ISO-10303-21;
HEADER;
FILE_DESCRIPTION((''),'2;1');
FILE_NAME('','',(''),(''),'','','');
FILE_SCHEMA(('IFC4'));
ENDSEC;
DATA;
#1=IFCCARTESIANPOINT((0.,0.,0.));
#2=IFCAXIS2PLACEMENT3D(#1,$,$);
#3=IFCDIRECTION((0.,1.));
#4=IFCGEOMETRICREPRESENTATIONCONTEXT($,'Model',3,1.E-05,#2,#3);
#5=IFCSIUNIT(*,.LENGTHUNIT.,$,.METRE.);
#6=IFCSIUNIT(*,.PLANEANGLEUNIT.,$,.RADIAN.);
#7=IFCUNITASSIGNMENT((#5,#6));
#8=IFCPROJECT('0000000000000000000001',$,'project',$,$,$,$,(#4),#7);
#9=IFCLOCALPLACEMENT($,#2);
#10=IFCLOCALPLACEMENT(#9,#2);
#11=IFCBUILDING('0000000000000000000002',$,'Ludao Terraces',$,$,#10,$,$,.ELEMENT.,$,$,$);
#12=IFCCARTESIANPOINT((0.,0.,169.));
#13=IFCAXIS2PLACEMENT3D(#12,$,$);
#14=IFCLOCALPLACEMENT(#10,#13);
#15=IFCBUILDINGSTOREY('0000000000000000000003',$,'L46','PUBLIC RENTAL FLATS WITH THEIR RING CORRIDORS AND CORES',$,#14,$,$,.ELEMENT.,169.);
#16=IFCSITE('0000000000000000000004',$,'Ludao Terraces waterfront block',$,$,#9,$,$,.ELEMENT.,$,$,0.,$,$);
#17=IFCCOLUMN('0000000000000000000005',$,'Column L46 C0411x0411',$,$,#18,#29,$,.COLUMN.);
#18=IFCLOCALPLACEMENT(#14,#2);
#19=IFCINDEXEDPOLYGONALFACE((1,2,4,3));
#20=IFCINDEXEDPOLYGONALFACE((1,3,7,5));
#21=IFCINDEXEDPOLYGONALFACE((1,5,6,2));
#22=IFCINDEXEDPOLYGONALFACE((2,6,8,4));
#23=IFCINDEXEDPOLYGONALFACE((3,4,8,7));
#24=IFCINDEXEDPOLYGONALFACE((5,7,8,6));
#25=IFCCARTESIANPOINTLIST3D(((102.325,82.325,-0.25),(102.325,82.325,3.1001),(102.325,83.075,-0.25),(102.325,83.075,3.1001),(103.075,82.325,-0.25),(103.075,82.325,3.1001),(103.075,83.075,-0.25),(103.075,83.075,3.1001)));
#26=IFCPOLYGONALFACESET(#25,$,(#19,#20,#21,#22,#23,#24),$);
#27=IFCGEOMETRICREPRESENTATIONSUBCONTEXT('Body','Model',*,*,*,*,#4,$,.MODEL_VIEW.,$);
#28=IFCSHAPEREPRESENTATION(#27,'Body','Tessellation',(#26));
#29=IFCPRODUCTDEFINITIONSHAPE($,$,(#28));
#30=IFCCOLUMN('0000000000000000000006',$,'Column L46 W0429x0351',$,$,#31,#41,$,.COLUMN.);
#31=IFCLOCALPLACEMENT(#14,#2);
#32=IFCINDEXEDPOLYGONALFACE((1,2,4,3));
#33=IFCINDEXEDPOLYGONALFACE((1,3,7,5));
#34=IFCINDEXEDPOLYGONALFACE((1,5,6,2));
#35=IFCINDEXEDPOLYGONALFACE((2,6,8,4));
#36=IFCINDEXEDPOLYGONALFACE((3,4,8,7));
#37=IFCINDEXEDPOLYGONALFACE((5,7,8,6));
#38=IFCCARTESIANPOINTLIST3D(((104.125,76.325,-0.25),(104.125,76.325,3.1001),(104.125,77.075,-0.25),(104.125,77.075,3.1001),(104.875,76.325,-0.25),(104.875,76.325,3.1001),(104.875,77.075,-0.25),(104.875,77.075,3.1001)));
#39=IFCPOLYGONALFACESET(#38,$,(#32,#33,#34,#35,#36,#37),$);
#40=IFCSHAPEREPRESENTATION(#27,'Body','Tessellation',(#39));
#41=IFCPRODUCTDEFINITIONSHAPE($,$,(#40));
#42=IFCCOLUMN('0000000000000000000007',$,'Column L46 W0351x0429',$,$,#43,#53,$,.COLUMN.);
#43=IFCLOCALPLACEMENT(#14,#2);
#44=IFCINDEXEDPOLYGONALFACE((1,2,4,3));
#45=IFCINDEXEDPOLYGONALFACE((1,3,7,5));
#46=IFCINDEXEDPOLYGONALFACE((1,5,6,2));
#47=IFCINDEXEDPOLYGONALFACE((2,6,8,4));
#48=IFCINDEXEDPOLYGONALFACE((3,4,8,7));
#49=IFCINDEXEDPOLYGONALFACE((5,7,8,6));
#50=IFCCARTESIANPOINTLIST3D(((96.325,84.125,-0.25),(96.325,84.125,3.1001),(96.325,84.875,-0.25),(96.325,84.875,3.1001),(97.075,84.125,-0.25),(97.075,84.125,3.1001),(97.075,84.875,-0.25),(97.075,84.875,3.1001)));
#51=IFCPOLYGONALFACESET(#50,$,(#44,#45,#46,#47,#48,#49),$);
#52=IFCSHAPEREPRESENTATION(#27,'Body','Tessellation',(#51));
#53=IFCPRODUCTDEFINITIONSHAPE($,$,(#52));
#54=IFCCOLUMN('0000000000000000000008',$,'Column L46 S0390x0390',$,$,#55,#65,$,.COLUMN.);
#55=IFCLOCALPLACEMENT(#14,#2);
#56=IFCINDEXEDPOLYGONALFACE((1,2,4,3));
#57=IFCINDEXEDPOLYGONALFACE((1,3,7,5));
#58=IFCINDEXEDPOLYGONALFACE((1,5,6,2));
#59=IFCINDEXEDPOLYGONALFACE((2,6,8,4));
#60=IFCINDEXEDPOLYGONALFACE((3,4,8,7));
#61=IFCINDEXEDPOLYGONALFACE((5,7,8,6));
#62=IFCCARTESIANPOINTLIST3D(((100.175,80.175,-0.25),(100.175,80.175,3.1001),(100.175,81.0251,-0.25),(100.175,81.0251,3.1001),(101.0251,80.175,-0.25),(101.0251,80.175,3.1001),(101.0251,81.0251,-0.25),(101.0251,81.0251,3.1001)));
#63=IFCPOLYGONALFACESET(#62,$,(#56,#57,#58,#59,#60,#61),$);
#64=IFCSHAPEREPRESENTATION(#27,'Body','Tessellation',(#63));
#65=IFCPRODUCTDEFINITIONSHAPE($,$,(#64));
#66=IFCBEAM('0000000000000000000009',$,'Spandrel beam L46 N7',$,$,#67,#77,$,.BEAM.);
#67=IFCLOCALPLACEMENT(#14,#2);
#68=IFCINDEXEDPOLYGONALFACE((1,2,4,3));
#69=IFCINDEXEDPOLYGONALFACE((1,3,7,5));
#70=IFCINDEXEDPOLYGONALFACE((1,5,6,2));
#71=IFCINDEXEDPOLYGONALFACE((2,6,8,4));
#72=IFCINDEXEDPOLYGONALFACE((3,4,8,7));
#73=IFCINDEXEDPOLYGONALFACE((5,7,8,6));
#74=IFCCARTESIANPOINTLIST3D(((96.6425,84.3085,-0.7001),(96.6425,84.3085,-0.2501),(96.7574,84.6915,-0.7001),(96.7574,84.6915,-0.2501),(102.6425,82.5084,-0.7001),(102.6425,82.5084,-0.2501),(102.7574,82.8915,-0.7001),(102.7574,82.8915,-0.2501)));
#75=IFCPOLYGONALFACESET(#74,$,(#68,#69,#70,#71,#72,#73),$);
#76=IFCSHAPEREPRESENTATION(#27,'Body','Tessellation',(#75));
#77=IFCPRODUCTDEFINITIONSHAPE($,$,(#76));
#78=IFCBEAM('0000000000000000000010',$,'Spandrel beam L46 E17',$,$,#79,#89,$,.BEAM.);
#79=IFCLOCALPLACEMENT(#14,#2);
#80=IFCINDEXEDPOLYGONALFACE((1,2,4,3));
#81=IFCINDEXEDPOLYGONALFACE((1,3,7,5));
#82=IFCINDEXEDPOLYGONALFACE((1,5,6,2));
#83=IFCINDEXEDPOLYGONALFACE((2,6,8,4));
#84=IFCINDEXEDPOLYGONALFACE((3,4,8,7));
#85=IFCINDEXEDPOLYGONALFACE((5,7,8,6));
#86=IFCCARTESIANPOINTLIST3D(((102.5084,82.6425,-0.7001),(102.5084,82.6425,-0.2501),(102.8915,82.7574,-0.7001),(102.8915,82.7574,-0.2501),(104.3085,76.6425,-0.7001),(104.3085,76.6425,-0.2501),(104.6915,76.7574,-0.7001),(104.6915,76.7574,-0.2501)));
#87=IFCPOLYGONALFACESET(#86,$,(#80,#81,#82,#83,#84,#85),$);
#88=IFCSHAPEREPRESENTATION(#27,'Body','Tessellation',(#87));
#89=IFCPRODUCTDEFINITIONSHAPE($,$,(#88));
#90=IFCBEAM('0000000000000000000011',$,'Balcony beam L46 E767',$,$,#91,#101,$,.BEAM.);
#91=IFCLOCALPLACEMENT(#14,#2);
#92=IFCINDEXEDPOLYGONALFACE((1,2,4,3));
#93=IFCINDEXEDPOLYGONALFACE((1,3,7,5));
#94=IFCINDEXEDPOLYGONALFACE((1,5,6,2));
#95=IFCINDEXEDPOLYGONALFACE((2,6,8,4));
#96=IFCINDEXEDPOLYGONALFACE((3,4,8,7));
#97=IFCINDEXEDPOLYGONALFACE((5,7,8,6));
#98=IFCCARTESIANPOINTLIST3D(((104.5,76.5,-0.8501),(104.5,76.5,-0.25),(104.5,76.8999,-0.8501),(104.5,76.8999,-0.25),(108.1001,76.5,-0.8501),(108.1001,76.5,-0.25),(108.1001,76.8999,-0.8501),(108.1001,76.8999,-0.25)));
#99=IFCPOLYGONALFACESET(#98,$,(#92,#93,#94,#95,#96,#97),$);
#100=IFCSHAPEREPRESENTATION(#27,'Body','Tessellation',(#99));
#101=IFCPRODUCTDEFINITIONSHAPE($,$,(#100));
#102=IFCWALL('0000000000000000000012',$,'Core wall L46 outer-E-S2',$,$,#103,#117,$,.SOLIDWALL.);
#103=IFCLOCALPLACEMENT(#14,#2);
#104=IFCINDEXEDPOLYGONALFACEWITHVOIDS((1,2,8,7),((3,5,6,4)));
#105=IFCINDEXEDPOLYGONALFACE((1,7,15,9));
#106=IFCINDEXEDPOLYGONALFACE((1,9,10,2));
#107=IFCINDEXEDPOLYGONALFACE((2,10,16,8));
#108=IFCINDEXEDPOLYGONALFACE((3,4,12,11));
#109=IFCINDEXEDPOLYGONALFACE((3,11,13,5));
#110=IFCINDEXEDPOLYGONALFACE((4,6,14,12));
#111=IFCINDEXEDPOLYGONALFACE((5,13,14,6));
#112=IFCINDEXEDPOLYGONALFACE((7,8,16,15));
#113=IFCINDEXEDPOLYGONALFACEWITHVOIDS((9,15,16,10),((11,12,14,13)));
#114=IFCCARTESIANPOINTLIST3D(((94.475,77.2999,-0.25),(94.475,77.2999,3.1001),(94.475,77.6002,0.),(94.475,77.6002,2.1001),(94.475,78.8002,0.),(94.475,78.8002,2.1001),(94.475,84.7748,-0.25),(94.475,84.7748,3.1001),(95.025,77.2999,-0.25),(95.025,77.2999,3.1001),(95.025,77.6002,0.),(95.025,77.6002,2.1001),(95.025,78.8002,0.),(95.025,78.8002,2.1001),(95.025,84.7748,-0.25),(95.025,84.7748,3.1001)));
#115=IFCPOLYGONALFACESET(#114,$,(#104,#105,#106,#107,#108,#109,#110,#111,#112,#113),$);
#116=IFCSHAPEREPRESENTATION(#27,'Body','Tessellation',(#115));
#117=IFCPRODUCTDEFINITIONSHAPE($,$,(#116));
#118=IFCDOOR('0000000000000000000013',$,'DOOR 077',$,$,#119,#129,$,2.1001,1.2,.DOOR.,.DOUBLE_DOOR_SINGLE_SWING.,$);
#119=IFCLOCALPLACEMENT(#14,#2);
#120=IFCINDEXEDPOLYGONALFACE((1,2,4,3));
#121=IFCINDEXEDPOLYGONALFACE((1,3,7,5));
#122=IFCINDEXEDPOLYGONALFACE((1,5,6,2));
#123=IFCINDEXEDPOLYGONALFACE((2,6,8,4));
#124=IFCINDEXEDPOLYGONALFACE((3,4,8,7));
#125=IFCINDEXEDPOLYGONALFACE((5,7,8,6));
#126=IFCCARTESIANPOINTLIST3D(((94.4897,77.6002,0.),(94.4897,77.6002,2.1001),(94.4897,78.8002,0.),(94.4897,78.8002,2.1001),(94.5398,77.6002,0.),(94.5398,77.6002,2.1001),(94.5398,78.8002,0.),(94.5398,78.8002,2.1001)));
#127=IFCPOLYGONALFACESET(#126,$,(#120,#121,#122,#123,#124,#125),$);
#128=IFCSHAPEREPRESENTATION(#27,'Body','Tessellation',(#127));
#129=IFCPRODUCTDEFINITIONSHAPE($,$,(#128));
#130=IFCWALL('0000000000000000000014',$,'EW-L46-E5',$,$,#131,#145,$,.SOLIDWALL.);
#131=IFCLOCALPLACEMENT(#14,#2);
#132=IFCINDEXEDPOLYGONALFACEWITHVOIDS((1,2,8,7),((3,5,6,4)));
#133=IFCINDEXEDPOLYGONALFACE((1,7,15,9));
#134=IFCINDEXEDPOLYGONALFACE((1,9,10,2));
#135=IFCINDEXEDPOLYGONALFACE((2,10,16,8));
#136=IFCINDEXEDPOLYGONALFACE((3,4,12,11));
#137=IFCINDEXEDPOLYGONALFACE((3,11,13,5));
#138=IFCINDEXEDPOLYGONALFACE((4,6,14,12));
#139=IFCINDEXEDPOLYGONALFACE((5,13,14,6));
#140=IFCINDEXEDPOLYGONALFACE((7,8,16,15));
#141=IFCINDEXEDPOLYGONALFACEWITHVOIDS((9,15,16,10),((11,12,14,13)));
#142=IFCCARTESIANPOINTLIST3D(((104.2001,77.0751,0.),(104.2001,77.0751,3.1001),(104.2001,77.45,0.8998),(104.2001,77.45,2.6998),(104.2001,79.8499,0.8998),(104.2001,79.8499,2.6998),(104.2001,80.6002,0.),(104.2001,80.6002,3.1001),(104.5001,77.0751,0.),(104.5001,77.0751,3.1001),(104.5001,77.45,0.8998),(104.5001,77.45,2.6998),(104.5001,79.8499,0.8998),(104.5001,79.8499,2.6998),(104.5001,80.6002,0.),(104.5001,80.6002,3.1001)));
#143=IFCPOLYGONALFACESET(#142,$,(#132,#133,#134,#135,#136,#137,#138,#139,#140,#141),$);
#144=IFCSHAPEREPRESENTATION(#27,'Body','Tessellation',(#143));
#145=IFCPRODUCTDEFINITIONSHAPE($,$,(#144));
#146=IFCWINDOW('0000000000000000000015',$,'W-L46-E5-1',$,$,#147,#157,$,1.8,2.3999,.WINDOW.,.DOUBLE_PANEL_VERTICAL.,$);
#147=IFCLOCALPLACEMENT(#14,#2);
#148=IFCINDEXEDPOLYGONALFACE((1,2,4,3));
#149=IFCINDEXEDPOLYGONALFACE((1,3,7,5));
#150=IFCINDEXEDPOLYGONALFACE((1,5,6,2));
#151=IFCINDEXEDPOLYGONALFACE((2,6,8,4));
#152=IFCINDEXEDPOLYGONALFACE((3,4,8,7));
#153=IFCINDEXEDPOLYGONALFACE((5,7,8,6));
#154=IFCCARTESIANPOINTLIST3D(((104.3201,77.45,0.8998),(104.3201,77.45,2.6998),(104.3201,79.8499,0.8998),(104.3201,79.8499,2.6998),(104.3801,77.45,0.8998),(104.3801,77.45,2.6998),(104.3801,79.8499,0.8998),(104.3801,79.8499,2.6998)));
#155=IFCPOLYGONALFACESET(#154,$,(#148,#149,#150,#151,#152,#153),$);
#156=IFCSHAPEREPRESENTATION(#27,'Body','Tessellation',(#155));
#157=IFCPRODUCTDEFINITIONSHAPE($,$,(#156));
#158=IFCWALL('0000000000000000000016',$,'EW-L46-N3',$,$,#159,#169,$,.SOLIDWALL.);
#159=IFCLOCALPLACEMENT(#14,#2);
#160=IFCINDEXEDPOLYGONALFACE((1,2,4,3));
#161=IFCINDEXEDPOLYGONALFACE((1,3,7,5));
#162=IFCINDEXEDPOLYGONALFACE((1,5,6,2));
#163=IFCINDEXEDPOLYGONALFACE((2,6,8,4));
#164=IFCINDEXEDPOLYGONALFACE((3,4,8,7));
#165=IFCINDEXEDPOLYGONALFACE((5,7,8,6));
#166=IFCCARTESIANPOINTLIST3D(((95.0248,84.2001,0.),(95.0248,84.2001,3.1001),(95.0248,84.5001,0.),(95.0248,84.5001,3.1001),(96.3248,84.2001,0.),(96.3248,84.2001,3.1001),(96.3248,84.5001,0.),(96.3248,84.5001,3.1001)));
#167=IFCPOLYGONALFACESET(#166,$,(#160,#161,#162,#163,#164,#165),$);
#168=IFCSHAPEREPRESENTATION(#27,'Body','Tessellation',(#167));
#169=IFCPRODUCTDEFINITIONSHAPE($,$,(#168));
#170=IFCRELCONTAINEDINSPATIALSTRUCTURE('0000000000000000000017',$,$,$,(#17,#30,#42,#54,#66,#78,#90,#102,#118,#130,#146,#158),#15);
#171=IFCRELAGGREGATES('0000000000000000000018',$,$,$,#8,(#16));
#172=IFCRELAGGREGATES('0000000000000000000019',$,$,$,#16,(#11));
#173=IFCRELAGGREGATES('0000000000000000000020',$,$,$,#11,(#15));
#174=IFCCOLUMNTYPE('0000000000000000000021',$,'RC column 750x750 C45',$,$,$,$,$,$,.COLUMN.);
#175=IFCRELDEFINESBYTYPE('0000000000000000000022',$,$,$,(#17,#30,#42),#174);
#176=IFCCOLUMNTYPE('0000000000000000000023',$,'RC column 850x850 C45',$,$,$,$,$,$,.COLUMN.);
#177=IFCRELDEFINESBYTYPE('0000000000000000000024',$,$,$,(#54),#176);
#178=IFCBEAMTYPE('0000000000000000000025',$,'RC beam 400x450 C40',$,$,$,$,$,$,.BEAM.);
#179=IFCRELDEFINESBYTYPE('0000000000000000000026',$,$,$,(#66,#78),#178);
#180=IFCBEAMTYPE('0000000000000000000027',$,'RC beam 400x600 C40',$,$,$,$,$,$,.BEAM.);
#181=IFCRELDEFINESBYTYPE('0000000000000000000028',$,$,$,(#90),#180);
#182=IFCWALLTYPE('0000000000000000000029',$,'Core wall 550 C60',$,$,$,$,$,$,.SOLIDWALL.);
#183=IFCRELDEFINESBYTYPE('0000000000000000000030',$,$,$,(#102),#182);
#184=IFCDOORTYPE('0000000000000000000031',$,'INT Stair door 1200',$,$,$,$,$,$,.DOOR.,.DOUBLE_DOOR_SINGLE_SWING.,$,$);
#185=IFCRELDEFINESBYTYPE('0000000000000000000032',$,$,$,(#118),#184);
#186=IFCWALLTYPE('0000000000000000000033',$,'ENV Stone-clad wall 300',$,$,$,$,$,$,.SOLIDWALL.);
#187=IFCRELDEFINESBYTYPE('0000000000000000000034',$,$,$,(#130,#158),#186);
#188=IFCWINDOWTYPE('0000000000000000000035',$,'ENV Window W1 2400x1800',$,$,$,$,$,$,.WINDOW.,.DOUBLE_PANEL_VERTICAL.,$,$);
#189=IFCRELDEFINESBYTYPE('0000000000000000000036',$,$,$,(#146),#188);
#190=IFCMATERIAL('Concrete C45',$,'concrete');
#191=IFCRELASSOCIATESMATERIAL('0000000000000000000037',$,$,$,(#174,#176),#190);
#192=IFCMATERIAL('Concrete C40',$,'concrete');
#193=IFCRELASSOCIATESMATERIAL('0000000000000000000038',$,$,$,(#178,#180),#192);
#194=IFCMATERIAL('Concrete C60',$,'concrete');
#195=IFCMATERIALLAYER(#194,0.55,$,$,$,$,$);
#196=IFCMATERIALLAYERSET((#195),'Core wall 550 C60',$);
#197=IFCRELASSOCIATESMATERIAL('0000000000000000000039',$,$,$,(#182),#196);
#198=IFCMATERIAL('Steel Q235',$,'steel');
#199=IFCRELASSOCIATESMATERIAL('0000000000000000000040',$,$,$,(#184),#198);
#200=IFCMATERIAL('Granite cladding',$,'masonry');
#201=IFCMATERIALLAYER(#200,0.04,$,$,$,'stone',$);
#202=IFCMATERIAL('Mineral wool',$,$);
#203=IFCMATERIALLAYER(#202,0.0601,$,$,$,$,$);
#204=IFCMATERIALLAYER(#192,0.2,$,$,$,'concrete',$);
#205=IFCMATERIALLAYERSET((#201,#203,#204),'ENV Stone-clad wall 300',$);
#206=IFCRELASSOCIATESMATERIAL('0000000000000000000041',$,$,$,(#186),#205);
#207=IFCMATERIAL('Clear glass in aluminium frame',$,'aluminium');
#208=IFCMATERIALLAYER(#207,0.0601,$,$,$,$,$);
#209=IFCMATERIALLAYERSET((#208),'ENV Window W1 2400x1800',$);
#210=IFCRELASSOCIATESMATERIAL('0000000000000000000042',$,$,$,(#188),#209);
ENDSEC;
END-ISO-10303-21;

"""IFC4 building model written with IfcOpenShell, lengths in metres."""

from ifc_helpers import new_model, si_unit, direction, frame, frame_2d, origin, origin_2d, place, context, subcontext, project, spatial, rectangle, extrude, material, layer, layer_set, material_profile, profile_set, type_object, element, fill, save


model = new_model("IFC4")

# Units and contexts
model_context = context("Model", 3, precision=1e-05, world=origin(), true_north=direction((0.0, 1.0)))
body_context = subcontext(model_context, "Body", "Model", "MODEL_VIEW")
ifc_project = project(units=[si_unit("LENGTHUNIT", "METRE"), si_unit("PLANEANGLEUNIT", "RADIAN")], contexts=[model_context])

# Site, building, storey
site_placement = place(None, origin())
site = spatial("IfcSite", under=ifc_project, at=site_placement, Name="Ludao Terraces waterfront block", CompositionType="ELEMENT", RefElevation=0.0)
building_placement = place(site_placement, origin())
building = spatial("IfcBuilding", under=site, at=building_placement, Name="Ludao Terraces", CompositionType="ELEMENT")
storey_placement = place(building_placement, frame((0.0, 0.0, 169.0)))
storey = spatial("IfcBuildingStorey", under=building, at=storey_placement, Name="L46", Description="PUBLIC RENTAL FLATS WITH THEIR RING CORRIDORS AND CORES", CompositionType="ELEMENT", Elevation=169.0)

# Columns
ifc_material_1 = material(Name="Concrete C45", Category="concrete")
ifc_material_profile_1 = material_profile(ifc_material_1, rectangle(XDim=0.75, YDim=0.75, at=origin_2d()), Name="750 X 750")
ifc_profile_set_1 = profile_set([ifc_material_profile_1], Name="Concrete C45")
column_type_1 = type_object("IfcColumnType", Name="RC column 750x750 C45", PredefinedType="COLUMN", material=ifc_profile_set_1)
for number, where, z_axis, x_axis, name in (
    (1, (102.7, 82.7, -0.25), (0.0, 0.0, 1.0), (1.0, 0.0, 0.0), "Column L46 C0411x0411"),
    (2, (104.5, 76.7, -0.25), (0.0, 0.0, 1.0), (1.0, 0.0, 0.0), "Column L46 W0429x0351"),
    (3, (96.7, 84.5, -0.25), (0.0, 0.0, 1.0), (1.0, 0.0, 0.0), "Column L46 W0351x0429"),
):
    element("IfcColumn", number, at=place(storey_placement, frame(where, z_axis=z_axis, x_axis=x_axis)), inside=storey, type_object=column_type_1, Name=name, PredefinedType="COLUMN", context=body_context, shape_type="SweptSolid", body=[
        extrude(rectangle(XDim=0.75, YDim=0.75, at=origin_2d()), origin(), (0.0, 0.0, 1.0), 3.3501),
    ])
ifc_material_profile_2 = material_profile(ifc_material_1, rectangle(XDim=0.8501, YDim=0.8501, at=origin_2d()), Name="850 X 850")
ifc_profile_set_2 = profile_set([ifc_material_profile_2], Name="Concrete C45")
column_type_2 = type_object("IfcColumnType", Name="RC column 850x850 C45", PredefinedType="COLUMN", material=ifc_profile_set_2)
column_placement = place(storey_placement, frame((100.6001, 80.6001, -0.25), z_axis=(0.0, 0.0, 1.0), x_axis=(1.0, 0.0, 0.0)))
element("IfcColumn", 4, at=column_placement, inside=storey, type_object=column_type_2, Name="Column L46 S0390x0390", PredefinedType="COLUMN", context=body_context, shape_type="SweptSolid", body=[
    extrude(rectangle(XDim=0.8501, YDim=0.8501, at=origin_2d()), origin(), (0.0, 0.0, 1.0), 3.3501),
])

# Beams
ifc_material_2 = material(Name="Concrete C40", Category="concrete")
ifc_material_profile_3 = material_profile(ifc_material_2, rectangle(XDim=0.3999, YDim=0.45, at=origin_2d()), Name="400 X 450")
ifc_profile_set_3 = profile_set([ifc_material_profile_3], Name="Concrete C40")
beam_type_1 = type_object("IfcBeamType", Name="RC beam 400x450 C40", PredefinedType="BEAM", material=ifc_profile_set_3)
for number, where, z_axis, x_axis, name in (
    (5, (96.7, 84.5, -0.4751), (0.957824, -0.287355, 0.0), (0.287355, 0.957824, 0.0), "Spandrel beam L46 N7"),
    (6, (104.5, 76.7, -0.4751), (-0.287355, 0.957824, 0.0), (-0.957824, -0.287355, 0.0), "Spandrel beam L46 E17"),
):
    element("IfcBeam", number, at=place(storey_placement, frame(where, z_axis=z_axis, x_axis=x_axis)), inside=storey, type_object=beam_type_1, Name=name, PredefinedType="BEAM", context=body_context, shape_type="SweptSolid", body=[
        extrude(rectangle(XDim=0.3999, YDim=0.45, at=origin_2d()), origin(), (0.0, 0.0, 1.0), 6.2642),
    ])
ifc_material_profile_4 = material_profile(ifc_material_2, rectangle(XDim=0.3999, YDim=0.6001, at=origin_2d()), Name="400 X 600")
ifc_profile_set_4 = profile_set([ifc_material_profile_4], Name="Concrete C40")
beam_type_2 = type_object("IfcBeamType", Name="RC beam 400x600 C40", PredefinedType="BEAM", material=ifc_profile_set_4)
beam_placement = place(storey_placement, frame((104.5, 76.7, -0.55), z_axis=(1.0, 0.0, 0.0), x_axis=(0.0, 1.0, 0.0)))
element("IfcBeam", 7, at=beam_placement, inside=storey, type_object=beam_type_2, Name="Balcony beam L46 E767", PredefinedType="BEAM", context=body_context, shape_type="SweptSolid", body=[
    extrude(rectangle(XDim=0.3999, YDim=0.6001, at=origin_2d()), origin(), (0.0, 0.0, 1.0), 3.6001),
])

# Wall, opening, door
ifc_material_3 = material(Name="Concrete C60", Category="concrete")
ifc_layer_1 = layer(ifc_material_3, 0.55)
ifc_layer_set_1 = layer_set([ifc_layer_1], Name="Core wall 550 C60")
wall_type_1 = type_object("IfcWallType", Name="Core wall 550 C60", PredefinedType="SOLIDWALL", material=ifc_layer_set_1)
wall_1_placement = place(storey_placement, frame((94.75, 77.3, -0.25), z_axis=(0.0, 0.0, 1.0), x_axis=(0.0, 1.0, 0.0)))
wall_1 = element("IfcWall", 8, at=wall_1_placement, inside=storey, type_object=wall_type_1, Name="Core wall L46 outer-E-S2", PredefinedType="SOLIDWALL", context=body_context, shape_type="SweptSolid", body=[
    extrude(rectangle(XDim=7.4749, YDim=0.55, at=frame_2d((3.7373, 0.0))), origin(), (0.0, 0.0, 1.0), 3.3501),
])
opening_1_placement = place(wall_1_placement, frame((0.3, 0.0, 0.25)))
opening_1 = element("IfcOpeningElement", 9, at=opening_1_placement, cuts=wall_1, PredefinedType="OPENING", context=body_context, shape_type="SweptSolid", body=[
    extrude(rectangle(XDim=1.2, YDim=2.1001, at=frame_2d((0.6001, 1.05))), frame((0.0, 0.2852, 0.0), z_axis=(0.0, -1.0, 0.0), x_axis=(1.0, 0.0, 0.0)), (0.0, 0.0, 1.0), 0.5701),
])
ifc_material_4 = material(Name="Steel Q235", Category="steel")
door_type_1 = type_object("IfcDoorType", Name="INT Stair door 1200", OperationType="DOUBLE_DOOR_SINGLE_SWING", PredefinedType="DOOR", material=ifc_material_4)
door_1_placement = place(opening_1_placement, origin())
door_1 = element("IfcDoor", 10, at=door_1_placement, inside=storey, type_object=door_type_1, Name="DOOR 077", OperationType="DOUBLE_DOOR_SINGLE_SWING", OverallHeight=2.1001, OverallWidth=1.2, PredefinedType="DOOR", context=body_context, shape_type="SweptSolid", body=[
    extrude(rectangle(XDim=1.2, YDim=2.1001, at=frame_2d((0.6001, 1.05))), frame((0.0, 0.2603, 0.0), z_axis=(0.0, -1.0, 0.0), x_axis=(1.0, 0.0, 0.0)), (0.0, 0.0, 1.0), 0.05),
])
fill(opening_1, door_1)

# Wall, opening, window
ifc_material_5 = material(Name="Granite cladding", Category="masonry")
ifc_layer_2 = layer(ifc_material_5, 0.04, Category="stone")
ifc_material_6 = material(Name="Mineral wool")
ifc_layer_3 = layer(ifc_material_6, 0.0601)
ifc_layer_4 = layer(ifc_material_2, 0.2, Category="concrete")
ifc_layer_set_2 = layer_set([ifc_layer_2, ifc_layer_3, ifc_layer_4], Name="ENV Stone-clad wall 300")
wall_type_2 = type_object("IfcWallType", Name="ENV Stone-clad wall 300", PredefinedType="SOLIDWALL", material=ifc_layer_set_2)
wall_2_placement = place(storey_placement, frame((104.3501, 77.075, 0.0), z_axis=(0.0, 0.0, 1.0), x_axis=(0.0, 1.0, 0.0)))
wall_2 = element("IfcWall", 11, at=wall_2_placement, inside=storey, type_object=wall_type_2, Name="EW-L46-E5", PredefinedType="SOLIDWALL", context=body_context, shape_type="SweptSolid", body=[
    extrude(rectangle(XDim=3.5251, YDim=0.3, at=frame_2d((1.7627, 0.0))), origin(), (0.0, 0.0, 1.0), 3.1001),
])
opening_2_placement = place(wall_2_placement, frame((0.375, 0.0, 0.8999)))
opening_2 = element("IfcOpeningElement", 12, at=opening_2_placement, cuts=wall_2, PredefinedType="OPENING", context=body_context, shape_type="SweptSolid", body=[
    extrude(rectangle(XDim=2.3999, YDim=1.8, at=frame_2d((1.2, 0.8999))), frame((0.0, 0.1602, 0.0), z_axis=(0.0, -1.0, 0.0), x_axis=(1.0, 0.0, 0.0)), (0.0, 0.0, 1.0), 0.3201),
])
ifc_material_7 = material(Name="Clear glass in aluminium frame", Category="aluminium")
ifc_layer_5 = layer(ifc_material_7, 0.0601)
ifc_layer_set_3 = layer_set([ifc_layer_5], Name="ENV Window W1 2400x1800")
window_type_1 = type_object("IfcWindowType", Name="ENV Window W1 2400x1800", PartitioningType="DOUBLE_PANEL_VERTICAL", PredefinedType="WINDOW", material=ifc_layer_set_3)
window_1_placement = place(opening_2_placement, origin())
window_1 = element("IfcWindow", 13, at=window_1_placement, inside=storey, type_object=window_type_1, Name="W-L46-E5-1", OverallHeight=1.8, OverallWidth=2.3999, PartitioningType="DOUBLE_PANEL_VERTICAL", PredefinedType="WINDOW", context=body_context, shape_type="SweptSolid", body=[
    extrude(rectangle(XDim=2.3999, YDim=1.8, at=frame_2d((1.2, 0.8999))), frame((0.0, 0.03, 0.0), z_axis=(0.0, -1.0, 0.0), x_axis=(1.0, 0.0, 0.0)), (0.0, 0.0, 1.0), 0.0601),
])
fill(opening_2, window_1)

# Wall
wall_3_placement = place(storey_placement, frame((95.0249, 84.3501, 0.0), z_axis=(0.0, 0.0, 1.0), x_axis=(1.0, 0.0, 0.0)))
element("IfcWall", 14, at=wall_3_placement, inside=storey, type_object=wall_type_2, Name="EW-L46-N3", PredefinedType="SOLIDWALL", context=body_context, shape_type="SweptSolid", body=[
    extrude(rectangle(XDim=1.3, YDim=0.3, at=frame_2d((0.6499, 0.0))), origin(), (0.0, 0.0, 1.0), 3.1001),
])

save(model, "model.ifc")
